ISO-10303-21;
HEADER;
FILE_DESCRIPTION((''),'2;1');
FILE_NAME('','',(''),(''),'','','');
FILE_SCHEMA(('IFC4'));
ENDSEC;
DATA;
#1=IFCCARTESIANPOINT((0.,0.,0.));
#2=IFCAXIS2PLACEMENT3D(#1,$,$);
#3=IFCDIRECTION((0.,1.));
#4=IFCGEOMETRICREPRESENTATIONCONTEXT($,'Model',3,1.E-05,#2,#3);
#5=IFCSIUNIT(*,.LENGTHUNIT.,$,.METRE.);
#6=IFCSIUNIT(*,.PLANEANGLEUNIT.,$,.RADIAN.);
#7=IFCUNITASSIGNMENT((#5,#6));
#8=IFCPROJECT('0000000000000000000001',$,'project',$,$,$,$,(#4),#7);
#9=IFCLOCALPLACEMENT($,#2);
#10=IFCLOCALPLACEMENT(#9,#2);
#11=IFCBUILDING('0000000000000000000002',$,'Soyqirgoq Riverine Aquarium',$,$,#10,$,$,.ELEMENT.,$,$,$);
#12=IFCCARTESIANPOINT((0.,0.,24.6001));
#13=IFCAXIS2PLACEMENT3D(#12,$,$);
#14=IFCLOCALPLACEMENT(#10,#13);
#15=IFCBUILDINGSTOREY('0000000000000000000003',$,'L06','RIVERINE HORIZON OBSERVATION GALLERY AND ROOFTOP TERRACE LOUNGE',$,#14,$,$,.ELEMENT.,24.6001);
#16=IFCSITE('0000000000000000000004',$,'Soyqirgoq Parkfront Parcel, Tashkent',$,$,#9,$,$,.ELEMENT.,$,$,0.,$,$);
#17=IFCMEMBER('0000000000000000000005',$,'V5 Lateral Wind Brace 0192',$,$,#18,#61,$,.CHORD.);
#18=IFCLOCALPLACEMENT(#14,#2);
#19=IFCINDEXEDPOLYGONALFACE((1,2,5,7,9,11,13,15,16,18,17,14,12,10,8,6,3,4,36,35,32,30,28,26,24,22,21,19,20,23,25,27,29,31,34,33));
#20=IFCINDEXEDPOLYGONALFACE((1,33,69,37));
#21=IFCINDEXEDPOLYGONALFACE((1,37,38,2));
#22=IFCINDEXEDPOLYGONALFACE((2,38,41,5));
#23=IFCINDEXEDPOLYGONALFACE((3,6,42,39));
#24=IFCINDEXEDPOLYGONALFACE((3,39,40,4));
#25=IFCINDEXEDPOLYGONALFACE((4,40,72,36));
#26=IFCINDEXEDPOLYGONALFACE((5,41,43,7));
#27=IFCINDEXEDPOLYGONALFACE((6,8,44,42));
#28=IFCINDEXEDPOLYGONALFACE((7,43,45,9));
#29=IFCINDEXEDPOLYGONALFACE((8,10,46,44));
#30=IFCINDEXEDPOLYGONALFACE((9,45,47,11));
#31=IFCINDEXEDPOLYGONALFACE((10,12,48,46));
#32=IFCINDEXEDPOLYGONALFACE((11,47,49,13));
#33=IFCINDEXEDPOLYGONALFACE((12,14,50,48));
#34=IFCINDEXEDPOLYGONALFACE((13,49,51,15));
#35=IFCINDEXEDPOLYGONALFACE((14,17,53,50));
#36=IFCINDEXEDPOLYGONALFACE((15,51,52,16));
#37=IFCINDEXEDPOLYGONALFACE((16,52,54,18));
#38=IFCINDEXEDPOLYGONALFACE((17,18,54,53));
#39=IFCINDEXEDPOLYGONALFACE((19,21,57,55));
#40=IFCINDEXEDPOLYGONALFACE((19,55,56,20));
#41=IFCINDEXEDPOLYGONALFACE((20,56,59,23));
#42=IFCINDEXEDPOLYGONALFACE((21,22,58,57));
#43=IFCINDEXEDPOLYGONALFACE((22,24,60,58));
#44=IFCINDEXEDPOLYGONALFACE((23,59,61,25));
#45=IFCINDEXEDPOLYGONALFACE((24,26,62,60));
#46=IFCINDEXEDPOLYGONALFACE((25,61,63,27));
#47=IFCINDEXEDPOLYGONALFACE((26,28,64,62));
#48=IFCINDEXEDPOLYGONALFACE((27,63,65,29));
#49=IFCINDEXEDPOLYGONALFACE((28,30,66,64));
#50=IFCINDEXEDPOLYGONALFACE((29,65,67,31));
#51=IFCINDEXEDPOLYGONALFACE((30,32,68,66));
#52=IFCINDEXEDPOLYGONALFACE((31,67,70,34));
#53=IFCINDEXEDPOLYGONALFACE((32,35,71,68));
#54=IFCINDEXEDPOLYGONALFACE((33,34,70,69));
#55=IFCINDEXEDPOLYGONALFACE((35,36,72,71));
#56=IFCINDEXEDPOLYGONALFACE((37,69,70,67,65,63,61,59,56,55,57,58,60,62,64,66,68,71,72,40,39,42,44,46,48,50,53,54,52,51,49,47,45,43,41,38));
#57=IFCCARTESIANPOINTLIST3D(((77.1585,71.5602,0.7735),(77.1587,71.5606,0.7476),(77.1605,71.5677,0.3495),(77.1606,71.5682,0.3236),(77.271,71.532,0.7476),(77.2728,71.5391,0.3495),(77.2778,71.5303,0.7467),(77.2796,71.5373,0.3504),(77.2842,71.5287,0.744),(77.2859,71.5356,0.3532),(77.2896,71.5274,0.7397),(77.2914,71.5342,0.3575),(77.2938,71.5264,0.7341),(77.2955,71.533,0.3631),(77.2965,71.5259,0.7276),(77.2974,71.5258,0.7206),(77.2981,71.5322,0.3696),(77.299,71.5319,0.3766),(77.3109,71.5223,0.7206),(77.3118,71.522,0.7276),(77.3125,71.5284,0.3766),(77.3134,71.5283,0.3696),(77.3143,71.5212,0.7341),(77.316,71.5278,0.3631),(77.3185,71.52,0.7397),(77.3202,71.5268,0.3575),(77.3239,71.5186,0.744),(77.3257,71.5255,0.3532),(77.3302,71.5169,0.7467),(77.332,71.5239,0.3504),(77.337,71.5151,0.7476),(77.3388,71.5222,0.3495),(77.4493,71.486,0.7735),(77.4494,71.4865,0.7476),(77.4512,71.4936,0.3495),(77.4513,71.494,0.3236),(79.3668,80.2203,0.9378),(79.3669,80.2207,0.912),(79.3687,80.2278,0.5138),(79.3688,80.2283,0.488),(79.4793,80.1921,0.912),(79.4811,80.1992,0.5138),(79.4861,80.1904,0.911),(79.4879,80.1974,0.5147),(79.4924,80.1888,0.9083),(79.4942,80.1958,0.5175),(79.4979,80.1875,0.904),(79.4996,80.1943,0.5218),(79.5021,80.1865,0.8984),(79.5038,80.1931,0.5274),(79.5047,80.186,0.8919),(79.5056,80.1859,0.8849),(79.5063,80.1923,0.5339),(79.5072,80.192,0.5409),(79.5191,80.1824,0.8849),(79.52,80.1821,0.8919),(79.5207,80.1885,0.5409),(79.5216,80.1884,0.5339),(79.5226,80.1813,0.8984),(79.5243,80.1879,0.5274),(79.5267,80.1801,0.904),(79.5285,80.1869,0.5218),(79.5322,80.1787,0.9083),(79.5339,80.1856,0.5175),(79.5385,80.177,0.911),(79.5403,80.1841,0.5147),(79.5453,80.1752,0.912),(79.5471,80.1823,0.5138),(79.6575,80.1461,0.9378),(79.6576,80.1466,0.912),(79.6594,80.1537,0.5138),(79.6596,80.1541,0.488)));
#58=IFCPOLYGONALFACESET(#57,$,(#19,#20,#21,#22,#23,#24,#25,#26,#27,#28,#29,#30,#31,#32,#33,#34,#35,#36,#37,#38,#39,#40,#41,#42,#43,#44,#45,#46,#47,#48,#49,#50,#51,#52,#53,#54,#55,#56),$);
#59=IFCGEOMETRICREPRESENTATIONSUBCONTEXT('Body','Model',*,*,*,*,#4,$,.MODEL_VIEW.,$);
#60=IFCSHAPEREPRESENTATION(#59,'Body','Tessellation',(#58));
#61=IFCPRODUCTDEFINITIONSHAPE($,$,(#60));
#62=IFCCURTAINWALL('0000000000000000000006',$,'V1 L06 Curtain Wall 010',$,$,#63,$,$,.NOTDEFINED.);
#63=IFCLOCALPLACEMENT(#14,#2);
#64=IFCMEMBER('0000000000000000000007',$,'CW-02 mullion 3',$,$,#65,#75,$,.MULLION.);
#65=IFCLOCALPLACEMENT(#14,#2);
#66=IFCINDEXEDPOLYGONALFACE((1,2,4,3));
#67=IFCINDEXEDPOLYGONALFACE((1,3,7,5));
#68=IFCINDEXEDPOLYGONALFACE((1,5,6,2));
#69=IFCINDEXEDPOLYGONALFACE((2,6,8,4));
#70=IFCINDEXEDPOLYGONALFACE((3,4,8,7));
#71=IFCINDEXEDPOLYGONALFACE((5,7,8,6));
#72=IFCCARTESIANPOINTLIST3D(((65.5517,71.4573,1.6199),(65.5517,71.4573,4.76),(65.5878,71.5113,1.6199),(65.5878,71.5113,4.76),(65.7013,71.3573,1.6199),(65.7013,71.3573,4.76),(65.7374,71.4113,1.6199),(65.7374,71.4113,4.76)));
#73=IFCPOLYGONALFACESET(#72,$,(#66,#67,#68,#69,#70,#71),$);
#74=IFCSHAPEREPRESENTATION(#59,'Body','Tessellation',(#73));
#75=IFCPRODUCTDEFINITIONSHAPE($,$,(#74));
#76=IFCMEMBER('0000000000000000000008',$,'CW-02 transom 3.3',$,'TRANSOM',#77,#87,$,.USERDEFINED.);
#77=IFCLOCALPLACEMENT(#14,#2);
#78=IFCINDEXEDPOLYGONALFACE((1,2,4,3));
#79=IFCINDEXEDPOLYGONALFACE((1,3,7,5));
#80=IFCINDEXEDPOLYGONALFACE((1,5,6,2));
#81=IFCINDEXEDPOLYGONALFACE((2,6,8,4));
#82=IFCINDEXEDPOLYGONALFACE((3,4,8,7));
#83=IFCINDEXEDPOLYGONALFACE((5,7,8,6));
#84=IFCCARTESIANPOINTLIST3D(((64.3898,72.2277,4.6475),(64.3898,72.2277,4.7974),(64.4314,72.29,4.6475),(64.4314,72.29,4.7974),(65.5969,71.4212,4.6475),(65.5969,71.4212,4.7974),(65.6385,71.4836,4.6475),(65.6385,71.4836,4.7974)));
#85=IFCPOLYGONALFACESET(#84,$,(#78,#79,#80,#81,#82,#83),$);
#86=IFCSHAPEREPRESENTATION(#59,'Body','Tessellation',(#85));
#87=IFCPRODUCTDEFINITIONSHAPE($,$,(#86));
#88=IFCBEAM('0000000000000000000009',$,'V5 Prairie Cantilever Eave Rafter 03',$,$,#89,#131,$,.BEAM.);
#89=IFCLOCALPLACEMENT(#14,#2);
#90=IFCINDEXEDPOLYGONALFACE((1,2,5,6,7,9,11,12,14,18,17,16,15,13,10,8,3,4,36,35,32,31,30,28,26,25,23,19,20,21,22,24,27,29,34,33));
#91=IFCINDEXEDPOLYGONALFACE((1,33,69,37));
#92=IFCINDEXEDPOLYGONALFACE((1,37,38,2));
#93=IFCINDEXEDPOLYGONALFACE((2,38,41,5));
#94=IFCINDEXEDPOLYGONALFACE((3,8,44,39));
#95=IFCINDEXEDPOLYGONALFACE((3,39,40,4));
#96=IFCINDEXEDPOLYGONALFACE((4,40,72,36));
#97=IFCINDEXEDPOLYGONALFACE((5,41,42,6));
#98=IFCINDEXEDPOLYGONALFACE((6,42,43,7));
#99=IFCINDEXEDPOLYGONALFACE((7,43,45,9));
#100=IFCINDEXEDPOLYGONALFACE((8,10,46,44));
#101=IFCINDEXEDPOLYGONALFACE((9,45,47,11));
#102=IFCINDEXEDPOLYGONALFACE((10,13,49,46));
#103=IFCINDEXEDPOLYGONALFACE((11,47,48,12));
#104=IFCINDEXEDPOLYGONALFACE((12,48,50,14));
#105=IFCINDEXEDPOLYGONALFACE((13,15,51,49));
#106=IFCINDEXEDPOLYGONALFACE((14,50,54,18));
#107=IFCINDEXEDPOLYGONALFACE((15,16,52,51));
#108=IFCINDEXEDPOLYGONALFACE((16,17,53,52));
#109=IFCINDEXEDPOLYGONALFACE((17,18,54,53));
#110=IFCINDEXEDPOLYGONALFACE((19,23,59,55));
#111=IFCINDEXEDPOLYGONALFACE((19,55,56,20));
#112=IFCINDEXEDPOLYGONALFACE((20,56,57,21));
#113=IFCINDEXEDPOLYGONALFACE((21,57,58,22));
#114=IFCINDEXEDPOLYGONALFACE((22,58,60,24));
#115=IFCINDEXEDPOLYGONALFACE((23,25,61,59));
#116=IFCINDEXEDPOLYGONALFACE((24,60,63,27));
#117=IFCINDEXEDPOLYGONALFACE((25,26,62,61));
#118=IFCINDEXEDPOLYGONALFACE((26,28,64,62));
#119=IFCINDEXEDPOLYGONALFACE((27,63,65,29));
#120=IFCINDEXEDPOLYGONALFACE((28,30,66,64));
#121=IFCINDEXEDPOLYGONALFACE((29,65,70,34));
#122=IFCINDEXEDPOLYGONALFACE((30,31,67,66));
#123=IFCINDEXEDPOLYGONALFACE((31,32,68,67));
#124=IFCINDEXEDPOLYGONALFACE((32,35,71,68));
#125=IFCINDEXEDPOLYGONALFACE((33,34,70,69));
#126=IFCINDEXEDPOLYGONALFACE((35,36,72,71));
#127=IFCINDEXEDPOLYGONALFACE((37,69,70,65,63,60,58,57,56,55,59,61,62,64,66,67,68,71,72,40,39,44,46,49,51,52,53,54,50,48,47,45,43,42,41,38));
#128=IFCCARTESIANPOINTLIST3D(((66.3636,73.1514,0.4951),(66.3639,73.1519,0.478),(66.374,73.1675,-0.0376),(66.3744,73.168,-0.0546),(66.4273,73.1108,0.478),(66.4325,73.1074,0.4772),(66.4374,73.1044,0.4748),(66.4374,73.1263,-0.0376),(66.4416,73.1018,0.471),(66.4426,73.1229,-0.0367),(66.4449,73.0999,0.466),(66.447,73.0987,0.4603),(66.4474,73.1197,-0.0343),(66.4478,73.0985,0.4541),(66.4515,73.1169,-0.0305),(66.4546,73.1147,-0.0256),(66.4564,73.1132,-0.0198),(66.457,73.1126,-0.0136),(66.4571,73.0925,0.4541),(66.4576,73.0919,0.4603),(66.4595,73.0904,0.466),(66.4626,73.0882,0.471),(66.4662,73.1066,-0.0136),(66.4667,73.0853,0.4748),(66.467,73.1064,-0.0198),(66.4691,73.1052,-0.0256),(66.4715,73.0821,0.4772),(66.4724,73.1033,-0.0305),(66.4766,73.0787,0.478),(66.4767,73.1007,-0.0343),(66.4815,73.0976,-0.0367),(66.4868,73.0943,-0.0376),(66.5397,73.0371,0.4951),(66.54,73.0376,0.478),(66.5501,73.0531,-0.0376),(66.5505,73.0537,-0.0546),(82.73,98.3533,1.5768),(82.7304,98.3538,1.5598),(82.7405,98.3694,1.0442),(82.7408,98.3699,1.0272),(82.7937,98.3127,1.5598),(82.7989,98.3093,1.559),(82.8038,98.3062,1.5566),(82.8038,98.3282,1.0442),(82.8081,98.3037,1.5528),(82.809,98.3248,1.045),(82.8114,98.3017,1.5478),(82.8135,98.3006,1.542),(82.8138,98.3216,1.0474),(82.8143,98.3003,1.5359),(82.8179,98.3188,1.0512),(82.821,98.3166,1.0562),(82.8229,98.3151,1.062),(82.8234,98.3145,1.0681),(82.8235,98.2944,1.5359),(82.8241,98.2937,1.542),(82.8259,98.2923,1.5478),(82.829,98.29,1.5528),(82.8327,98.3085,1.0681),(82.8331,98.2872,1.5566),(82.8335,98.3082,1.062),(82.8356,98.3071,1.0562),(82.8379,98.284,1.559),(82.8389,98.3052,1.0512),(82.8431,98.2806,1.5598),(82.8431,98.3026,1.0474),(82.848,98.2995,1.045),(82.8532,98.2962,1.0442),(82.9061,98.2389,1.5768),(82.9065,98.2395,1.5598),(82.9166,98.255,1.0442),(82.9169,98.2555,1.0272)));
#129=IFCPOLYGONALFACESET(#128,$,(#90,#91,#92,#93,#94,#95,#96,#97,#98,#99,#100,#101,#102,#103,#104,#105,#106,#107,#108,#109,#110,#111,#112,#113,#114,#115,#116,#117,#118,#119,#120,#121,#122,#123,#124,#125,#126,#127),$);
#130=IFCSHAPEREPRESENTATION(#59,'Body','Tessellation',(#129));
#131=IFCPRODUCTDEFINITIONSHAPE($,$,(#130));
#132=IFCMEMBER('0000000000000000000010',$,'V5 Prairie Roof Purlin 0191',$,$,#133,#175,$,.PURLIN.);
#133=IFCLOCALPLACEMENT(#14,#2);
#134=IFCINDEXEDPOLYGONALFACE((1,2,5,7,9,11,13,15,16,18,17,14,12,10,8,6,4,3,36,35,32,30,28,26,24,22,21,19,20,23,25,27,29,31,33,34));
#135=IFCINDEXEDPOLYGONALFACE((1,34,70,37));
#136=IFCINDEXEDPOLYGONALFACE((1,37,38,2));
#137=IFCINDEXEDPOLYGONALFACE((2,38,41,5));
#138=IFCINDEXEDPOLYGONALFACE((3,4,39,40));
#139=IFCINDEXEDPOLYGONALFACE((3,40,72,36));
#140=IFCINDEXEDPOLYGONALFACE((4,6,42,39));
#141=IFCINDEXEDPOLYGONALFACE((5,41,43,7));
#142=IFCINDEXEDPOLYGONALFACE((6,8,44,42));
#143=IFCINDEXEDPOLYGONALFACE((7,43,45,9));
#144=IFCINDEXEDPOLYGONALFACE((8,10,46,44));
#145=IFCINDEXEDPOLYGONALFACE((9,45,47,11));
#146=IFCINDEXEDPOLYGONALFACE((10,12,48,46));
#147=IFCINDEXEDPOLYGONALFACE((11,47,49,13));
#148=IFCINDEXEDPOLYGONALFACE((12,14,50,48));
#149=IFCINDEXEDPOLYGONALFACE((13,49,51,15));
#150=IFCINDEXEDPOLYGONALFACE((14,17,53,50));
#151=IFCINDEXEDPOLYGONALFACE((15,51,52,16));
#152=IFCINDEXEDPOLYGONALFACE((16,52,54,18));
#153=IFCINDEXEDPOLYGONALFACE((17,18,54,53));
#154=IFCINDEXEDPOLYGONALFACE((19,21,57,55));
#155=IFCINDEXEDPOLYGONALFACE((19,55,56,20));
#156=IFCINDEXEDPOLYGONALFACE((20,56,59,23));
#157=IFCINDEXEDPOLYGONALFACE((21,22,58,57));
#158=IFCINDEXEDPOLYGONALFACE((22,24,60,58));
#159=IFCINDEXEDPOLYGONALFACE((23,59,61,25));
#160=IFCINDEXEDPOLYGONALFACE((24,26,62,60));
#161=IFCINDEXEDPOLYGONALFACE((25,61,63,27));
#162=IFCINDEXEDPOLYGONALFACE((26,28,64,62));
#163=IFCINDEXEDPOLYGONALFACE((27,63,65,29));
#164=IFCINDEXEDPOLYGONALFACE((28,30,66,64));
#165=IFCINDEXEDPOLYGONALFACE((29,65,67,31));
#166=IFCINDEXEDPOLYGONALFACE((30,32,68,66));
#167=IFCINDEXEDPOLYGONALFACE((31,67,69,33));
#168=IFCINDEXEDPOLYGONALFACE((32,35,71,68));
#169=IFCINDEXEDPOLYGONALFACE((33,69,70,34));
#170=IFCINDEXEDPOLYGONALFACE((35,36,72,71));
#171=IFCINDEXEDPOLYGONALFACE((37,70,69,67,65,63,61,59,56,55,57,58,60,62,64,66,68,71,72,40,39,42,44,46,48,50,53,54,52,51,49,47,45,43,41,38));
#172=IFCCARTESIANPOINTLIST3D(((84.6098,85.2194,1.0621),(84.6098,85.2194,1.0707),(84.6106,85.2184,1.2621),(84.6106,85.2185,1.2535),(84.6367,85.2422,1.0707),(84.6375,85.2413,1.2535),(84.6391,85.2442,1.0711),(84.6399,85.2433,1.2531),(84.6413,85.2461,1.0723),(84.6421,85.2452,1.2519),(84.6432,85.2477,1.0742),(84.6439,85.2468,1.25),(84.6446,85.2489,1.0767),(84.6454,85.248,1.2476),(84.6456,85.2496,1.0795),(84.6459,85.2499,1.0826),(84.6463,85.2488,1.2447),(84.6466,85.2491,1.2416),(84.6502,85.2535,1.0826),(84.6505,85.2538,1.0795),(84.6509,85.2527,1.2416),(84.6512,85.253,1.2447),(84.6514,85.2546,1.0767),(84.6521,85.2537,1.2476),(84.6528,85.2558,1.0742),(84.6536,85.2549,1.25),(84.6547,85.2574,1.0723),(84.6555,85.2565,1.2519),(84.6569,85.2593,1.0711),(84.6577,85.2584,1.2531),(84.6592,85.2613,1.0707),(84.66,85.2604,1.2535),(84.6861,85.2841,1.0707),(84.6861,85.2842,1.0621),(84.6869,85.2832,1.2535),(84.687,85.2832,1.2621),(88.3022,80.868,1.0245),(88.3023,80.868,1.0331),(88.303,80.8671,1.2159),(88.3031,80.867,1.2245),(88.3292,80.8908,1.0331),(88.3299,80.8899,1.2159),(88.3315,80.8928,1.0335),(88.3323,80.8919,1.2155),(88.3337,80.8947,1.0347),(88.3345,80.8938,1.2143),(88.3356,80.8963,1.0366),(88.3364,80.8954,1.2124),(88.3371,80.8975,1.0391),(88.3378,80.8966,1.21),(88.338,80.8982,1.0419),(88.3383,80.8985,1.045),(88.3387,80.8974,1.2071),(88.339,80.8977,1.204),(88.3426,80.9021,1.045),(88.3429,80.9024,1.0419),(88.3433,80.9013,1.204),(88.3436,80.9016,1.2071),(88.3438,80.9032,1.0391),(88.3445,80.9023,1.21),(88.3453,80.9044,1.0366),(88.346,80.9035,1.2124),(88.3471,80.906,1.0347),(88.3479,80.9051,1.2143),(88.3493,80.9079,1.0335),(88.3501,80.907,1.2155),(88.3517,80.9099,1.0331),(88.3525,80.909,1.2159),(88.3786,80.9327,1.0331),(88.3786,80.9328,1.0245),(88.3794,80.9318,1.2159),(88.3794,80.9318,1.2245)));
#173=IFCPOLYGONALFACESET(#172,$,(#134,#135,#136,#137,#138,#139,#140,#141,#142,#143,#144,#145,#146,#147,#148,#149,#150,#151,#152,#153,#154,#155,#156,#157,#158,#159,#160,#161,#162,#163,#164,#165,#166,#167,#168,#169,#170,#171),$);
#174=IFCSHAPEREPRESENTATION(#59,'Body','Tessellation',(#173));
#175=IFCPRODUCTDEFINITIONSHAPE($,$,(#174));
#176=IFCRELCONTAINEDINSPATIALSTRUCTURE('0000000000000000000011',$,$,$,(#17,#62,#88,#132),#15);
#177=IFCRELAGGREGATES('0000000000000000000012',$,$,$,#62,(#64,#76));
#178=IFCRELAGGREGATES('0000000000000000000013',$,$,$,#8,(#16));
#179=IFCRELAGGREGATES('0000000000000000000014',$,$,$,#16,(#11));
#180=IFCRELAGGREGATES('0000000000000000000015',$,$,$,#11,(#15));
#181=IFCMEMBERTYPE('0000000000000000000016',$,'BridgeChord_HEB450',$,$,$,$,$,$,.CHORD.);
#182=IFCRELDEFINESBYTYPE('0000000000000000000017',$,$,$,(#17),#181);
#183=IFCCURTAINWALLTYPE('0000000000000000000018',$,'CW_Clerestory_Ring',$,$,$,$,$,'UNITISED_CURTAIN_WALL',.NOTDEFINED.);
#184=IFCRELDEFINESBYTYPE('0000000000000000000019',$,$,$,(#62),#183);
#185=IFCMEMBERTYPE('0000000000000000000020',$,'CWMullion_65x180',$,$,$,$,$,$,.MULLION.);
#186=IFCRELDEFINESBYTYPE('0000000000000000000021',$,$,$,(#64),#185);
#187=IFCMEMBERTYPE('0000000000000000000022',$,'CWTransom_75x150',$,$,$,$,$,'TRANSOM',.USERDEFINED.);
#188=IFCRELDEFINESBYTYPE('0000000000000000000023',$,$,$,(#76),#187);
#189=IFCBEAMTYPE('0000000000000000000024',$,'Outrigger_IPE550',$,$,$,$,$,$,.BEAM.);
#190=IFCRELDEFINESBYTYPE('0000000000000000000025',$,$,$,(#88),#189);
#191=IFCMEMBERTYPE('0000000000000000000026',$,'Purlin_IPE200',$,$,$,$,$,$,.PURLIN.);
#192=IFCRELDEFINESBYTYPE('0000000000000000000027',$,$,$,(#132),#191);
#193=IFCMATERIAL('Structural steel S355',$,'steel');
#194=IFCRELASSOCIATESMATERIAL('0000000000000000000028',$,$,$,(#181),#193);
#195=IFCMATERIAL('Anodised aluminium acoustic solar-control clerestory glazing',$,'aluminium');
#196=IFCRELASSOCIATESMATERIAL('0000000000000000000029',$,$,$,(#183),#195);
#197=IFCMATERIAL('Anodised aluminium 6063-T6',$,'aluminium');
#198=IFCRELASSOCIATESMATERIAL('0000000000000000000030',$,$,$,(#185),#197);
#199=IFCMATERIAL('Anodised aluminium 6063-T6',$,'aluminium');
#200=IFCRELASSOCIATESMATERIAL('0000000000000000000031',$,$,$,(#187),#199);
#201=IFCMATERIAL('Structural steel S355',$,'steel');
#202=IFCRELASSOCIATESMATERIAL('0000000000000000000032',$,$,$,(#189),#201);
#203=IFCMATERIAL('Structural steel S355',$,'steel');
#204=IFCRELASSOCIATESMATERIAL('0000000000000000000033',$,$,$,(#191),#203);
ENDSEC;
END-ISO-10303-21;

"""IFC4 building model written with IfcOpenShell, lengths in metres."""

from ifc_helpers import new_model, si_unit, direction, frame, origin, origin_2d, place, context, subcontext, project, spatial, rectangle, i_section, extrude, material, material_profile, profile_set, type_object, element, aggregate, save


model = new_model("IFC4")

# Units and contexts
model_context = context("Model", 3, precision=1e-05, world=origin(), true_north=direction((0.0, 1.0)))
body_context = subcontext(model_context, "Body", "Model", "MODEL_VIEW")
ifc_project = project(units=[si_unit("LENGTHUNIT", "METRE"), si_unit("PLANEANGLEUNIT", "RADIAN")], contexts=[model_context])

# Site, building, storey
site_placement = place(None, origin())
site = spatial("IfcSite", under=ifc_project, at=site_placement, Name="Soyqirgoq Parkfront Parcel, Tashkent", CompositionType="ELEMENT", RefElevation=0.0)
building_placement = place(site_placement, origin())
building = spatial("IfcBuilding", under=site, at=building_placement, Name="Soyqirgoq Riverine Aquarium", CompositionType="ELEMENT")
storey_placement = place(building_placement, frame((0.0, 0.0, 24.6001)))
storey = spatial("IfcBuildingStorey", under=building, at=storey_placement, Name="L06", Description="RIVERINE HORIZON OBSERVATION GALLERY AND ROOFTOP TERRACE LOUNGE", CompositionType="ELEMENT", Elevation=24.6001)

# Member
ifc_material_1 = material(Name="Structural steel S355", Category="steel")
ifc_material_profile_1 = material_profile(ifc_material_1, i_section(OverallWidth=0.3, OverallDepth=0.45, WebThickness=0.0139, FlangeThickness=0.0259, FilletRadius=0.0271, at=origin_2d()), Name="HEB 450")
ifc_profile_set_1 = profile_set([ifc_material_profile_1], Name="Structural steel S355")
member_type_1 = type_object("IfcMemberType", Name="BridgeChord_HEB450", PredefinedType="CHORD", material=ifc_profile_set_1)
member_1_placement = place(storey_placement, frame((77.3049, 71.5271, 0.5486), z_axis=(0.247042, 0.96883, 0.018381), x_axis=(-0.968994, 0.247084, 0.0)))
element("IfcMember", 1, at=member_1_placement, inside=storey, type_object=member_type_1, Name="V5 Lateral Wind Brace 0192", PredefinedType="CHORD", context=body_context, shape_type="SweptSolid", body=[
    extrude(i_section(OverallWidth=0.3, OverallDepth=0.45, WebThickness=0.0139, FlangeThickness=0.0259, FilletRadius=0.0271, at=origin_2d()), origin(), (0.0, 0.0, 1.0), 8.9387),
])

# Curtain wall, members
ifc_material_2 = material(Name="Anodised aluminium acoustic solar-control clerestory glazing", Category="aluminium")
curtain_wall_type = type_object("IfcCurtainWallType", Name="CW_Clerestory_Ring", ElementType="UNITISED_CURTAIN_WALL", PredefinedType="NOTDEFINED", material=ifc_material_2)
curtain_wall_placement = place(storey_placement, origin())
curtain_wall = element("IfcCurtainWall", 2, at=curtain_wall_placement, inside=storey, type_object=curtain_wall_type, Name="V1 L06 Curtain Wall 010", PredefinedType="NOTDEFINED")
ifc_material_3 = material(Name="Anodised aluminium 6063-T6", Category="aluminium")
ifc_material_profile_2 = material_profile(ifc_material_3, rectangle(XDim=0.0649, YDim=0.1799, at=origin_2d()), Name="ALU-M 65x180")
ifc_profile_set_2 = profile_set([ifc_material_profile_2], Name="Anodised aluminium 6063-T6")
member_type_2 = type_object("IfcMemberType", Name="CWMullion_65x180", PredefinedType="MULLION", material=ifc_profile_set_2)
member_2_placement = place(storey_placement, frame((65.6445, 71.4343, 1.6199), z_axis=(0.0, 0.0, 1.0), x_axis=(-0.555579, -0.831464, 0.0)))
member_2 = element("IfcMember", 3, at=member_2_placement, type_object=member_type_2, Name="CW-02 mullion 3", PredefinedType="MULLION", context=body_context, shape_type="SweptSolid", body=[
    extrude(rectangle(XDim=0.0649, YDim=0.1799, at=origin_2d()), origin(), (0.0, 0.0, 1.0), 3.1401),
])
ifc_material_4 = material(Name="Anodised aluminium 6063-T6", Category="aluminium")
ifc_material_profile_3 = material_profile(ifc_material_4, rectangle(XDim=0.075, YDim=0.1499, at=origin_2d()), Name="ALU-T 75x150")
ifc_profile_set_3 = profile_set([ifc_material_profile_3], Name="Anodised aluminium 6063-T6")
member_type_3 = type_object("IfcMemberType", Name="CWTransom_75x150", ElementType="TRANSOM", PredefinedType="USERDEFINED", material=ifc_profile_set_3)
member_3_placement = place(storey_placement, frame((65.6177, 71.4524, 4.7224), z_axis=(-0.831507, 0.555515, 0.0), x_axis=(-0.555515, -0.831507, 0.0)))
member_3 = element("IfcMember", 4, at=member_3_placement, type_object=member_type_3, Name="CW-02 transom 3.3", ObjectType="TRANSOM", PredefinedType="USERDEFINED", context=body_context, shape_type="SweptSolid", body=[
    extrude(rectangle(XDim=0.075, YDim=0.1499, at=origin_2d()), origin(), (0.0, 0.0, 1.0), 1.4517),
])

# Beam
ifc_material_5 = material(Name="Structural steel S355", Category="steel")
ifc_material_profile_4 = material_profile(ifc_material_5, i_section(OverallWidth=0.21, OverallDepth=0.55, WebThickness=0.011, FlangeThickness=0.0171, FilletRadius=0.0239, at=origin_2d()), Name="IPE 550")
ifc_profile_set_4 = profile_set([ifc_material_profile_4], Name="Structural steel S355")
beam_type = type_object("IfcBeamType", Name="Outrigger_IPE550", PredefinedType="BEAM", material=ifc_profile_set_4)
beam_placement = place(storey_placement, frame((66.457, 73.1025, 0.2202), z_axis=(0.54429, 0.838125, 0.035976), x_axis=(-0.838668, 0.544642, 0.0)))
element("IfcBeam", 5, at=beam_placement, inside=storey, type_object=beam_type, Name="V5 Prairie Cantilever Eave Rafter 03", PredefinedType="BEAM", context=body_context, shape_type="SweptSolid", body=[
    extrude(i_section(OverallWidth=0.21, OverallDepth=0.55, WebThickness=0.011, FlangeThickness=0.0171, FilletRadius=0.0239, at=origin_2d()), origin(), (0.0, 0.0, 1.0), 30.0693),
])

# Member
ifc_material_6 = material(Name="Structural steel S355", Category="steel")
ifc_material_profile_5 = material_profile(ifc_material_6, i_section(OverallWidth=0.1001, OverallDepth=0.2, WebThickness=0.0056, FlangeThickness=0.0085, FilletRadius=0.012, at=origin_2d()), Name="IPE 200")
ifc_profile_set_5 = profile_set([ifc_material_profile_5], Name="Structural steel S355")
member_type_4 = type_object("IfcMemberType", Name="Purlin_IPE200", PredefinedType="PURLIN", material=ifc_profile_set_5)
member_4_placement = place(storey_placement, frame((88.3408, 80.8999, 1.1245), z_axis=(-0.647, 0.762462, 0.006588), x_axis=(-0.762478, -0.647014, 0.0)))
element("IfcMember", 6, at=member_4_placement, inside=storey, type_object=member_type_4, Name="V5 Prairie Roof Purlin 0191", PredefinedType="PURLIN", context=body_context, shape_type="SweptSolid", body=[
    extrude(i_section(OverallWidth=0.1001, OverallDepth=0.2, WebThickness=0.0056, FlangeThickness=0.0085, FilletRadius=0.012, at=origin_2d()), origin(), (0.0, 0.0, 1.0), 5.707),
])

aggregate(curtain_wall, [member_2, member_3])

save(model, "model.ifc")
